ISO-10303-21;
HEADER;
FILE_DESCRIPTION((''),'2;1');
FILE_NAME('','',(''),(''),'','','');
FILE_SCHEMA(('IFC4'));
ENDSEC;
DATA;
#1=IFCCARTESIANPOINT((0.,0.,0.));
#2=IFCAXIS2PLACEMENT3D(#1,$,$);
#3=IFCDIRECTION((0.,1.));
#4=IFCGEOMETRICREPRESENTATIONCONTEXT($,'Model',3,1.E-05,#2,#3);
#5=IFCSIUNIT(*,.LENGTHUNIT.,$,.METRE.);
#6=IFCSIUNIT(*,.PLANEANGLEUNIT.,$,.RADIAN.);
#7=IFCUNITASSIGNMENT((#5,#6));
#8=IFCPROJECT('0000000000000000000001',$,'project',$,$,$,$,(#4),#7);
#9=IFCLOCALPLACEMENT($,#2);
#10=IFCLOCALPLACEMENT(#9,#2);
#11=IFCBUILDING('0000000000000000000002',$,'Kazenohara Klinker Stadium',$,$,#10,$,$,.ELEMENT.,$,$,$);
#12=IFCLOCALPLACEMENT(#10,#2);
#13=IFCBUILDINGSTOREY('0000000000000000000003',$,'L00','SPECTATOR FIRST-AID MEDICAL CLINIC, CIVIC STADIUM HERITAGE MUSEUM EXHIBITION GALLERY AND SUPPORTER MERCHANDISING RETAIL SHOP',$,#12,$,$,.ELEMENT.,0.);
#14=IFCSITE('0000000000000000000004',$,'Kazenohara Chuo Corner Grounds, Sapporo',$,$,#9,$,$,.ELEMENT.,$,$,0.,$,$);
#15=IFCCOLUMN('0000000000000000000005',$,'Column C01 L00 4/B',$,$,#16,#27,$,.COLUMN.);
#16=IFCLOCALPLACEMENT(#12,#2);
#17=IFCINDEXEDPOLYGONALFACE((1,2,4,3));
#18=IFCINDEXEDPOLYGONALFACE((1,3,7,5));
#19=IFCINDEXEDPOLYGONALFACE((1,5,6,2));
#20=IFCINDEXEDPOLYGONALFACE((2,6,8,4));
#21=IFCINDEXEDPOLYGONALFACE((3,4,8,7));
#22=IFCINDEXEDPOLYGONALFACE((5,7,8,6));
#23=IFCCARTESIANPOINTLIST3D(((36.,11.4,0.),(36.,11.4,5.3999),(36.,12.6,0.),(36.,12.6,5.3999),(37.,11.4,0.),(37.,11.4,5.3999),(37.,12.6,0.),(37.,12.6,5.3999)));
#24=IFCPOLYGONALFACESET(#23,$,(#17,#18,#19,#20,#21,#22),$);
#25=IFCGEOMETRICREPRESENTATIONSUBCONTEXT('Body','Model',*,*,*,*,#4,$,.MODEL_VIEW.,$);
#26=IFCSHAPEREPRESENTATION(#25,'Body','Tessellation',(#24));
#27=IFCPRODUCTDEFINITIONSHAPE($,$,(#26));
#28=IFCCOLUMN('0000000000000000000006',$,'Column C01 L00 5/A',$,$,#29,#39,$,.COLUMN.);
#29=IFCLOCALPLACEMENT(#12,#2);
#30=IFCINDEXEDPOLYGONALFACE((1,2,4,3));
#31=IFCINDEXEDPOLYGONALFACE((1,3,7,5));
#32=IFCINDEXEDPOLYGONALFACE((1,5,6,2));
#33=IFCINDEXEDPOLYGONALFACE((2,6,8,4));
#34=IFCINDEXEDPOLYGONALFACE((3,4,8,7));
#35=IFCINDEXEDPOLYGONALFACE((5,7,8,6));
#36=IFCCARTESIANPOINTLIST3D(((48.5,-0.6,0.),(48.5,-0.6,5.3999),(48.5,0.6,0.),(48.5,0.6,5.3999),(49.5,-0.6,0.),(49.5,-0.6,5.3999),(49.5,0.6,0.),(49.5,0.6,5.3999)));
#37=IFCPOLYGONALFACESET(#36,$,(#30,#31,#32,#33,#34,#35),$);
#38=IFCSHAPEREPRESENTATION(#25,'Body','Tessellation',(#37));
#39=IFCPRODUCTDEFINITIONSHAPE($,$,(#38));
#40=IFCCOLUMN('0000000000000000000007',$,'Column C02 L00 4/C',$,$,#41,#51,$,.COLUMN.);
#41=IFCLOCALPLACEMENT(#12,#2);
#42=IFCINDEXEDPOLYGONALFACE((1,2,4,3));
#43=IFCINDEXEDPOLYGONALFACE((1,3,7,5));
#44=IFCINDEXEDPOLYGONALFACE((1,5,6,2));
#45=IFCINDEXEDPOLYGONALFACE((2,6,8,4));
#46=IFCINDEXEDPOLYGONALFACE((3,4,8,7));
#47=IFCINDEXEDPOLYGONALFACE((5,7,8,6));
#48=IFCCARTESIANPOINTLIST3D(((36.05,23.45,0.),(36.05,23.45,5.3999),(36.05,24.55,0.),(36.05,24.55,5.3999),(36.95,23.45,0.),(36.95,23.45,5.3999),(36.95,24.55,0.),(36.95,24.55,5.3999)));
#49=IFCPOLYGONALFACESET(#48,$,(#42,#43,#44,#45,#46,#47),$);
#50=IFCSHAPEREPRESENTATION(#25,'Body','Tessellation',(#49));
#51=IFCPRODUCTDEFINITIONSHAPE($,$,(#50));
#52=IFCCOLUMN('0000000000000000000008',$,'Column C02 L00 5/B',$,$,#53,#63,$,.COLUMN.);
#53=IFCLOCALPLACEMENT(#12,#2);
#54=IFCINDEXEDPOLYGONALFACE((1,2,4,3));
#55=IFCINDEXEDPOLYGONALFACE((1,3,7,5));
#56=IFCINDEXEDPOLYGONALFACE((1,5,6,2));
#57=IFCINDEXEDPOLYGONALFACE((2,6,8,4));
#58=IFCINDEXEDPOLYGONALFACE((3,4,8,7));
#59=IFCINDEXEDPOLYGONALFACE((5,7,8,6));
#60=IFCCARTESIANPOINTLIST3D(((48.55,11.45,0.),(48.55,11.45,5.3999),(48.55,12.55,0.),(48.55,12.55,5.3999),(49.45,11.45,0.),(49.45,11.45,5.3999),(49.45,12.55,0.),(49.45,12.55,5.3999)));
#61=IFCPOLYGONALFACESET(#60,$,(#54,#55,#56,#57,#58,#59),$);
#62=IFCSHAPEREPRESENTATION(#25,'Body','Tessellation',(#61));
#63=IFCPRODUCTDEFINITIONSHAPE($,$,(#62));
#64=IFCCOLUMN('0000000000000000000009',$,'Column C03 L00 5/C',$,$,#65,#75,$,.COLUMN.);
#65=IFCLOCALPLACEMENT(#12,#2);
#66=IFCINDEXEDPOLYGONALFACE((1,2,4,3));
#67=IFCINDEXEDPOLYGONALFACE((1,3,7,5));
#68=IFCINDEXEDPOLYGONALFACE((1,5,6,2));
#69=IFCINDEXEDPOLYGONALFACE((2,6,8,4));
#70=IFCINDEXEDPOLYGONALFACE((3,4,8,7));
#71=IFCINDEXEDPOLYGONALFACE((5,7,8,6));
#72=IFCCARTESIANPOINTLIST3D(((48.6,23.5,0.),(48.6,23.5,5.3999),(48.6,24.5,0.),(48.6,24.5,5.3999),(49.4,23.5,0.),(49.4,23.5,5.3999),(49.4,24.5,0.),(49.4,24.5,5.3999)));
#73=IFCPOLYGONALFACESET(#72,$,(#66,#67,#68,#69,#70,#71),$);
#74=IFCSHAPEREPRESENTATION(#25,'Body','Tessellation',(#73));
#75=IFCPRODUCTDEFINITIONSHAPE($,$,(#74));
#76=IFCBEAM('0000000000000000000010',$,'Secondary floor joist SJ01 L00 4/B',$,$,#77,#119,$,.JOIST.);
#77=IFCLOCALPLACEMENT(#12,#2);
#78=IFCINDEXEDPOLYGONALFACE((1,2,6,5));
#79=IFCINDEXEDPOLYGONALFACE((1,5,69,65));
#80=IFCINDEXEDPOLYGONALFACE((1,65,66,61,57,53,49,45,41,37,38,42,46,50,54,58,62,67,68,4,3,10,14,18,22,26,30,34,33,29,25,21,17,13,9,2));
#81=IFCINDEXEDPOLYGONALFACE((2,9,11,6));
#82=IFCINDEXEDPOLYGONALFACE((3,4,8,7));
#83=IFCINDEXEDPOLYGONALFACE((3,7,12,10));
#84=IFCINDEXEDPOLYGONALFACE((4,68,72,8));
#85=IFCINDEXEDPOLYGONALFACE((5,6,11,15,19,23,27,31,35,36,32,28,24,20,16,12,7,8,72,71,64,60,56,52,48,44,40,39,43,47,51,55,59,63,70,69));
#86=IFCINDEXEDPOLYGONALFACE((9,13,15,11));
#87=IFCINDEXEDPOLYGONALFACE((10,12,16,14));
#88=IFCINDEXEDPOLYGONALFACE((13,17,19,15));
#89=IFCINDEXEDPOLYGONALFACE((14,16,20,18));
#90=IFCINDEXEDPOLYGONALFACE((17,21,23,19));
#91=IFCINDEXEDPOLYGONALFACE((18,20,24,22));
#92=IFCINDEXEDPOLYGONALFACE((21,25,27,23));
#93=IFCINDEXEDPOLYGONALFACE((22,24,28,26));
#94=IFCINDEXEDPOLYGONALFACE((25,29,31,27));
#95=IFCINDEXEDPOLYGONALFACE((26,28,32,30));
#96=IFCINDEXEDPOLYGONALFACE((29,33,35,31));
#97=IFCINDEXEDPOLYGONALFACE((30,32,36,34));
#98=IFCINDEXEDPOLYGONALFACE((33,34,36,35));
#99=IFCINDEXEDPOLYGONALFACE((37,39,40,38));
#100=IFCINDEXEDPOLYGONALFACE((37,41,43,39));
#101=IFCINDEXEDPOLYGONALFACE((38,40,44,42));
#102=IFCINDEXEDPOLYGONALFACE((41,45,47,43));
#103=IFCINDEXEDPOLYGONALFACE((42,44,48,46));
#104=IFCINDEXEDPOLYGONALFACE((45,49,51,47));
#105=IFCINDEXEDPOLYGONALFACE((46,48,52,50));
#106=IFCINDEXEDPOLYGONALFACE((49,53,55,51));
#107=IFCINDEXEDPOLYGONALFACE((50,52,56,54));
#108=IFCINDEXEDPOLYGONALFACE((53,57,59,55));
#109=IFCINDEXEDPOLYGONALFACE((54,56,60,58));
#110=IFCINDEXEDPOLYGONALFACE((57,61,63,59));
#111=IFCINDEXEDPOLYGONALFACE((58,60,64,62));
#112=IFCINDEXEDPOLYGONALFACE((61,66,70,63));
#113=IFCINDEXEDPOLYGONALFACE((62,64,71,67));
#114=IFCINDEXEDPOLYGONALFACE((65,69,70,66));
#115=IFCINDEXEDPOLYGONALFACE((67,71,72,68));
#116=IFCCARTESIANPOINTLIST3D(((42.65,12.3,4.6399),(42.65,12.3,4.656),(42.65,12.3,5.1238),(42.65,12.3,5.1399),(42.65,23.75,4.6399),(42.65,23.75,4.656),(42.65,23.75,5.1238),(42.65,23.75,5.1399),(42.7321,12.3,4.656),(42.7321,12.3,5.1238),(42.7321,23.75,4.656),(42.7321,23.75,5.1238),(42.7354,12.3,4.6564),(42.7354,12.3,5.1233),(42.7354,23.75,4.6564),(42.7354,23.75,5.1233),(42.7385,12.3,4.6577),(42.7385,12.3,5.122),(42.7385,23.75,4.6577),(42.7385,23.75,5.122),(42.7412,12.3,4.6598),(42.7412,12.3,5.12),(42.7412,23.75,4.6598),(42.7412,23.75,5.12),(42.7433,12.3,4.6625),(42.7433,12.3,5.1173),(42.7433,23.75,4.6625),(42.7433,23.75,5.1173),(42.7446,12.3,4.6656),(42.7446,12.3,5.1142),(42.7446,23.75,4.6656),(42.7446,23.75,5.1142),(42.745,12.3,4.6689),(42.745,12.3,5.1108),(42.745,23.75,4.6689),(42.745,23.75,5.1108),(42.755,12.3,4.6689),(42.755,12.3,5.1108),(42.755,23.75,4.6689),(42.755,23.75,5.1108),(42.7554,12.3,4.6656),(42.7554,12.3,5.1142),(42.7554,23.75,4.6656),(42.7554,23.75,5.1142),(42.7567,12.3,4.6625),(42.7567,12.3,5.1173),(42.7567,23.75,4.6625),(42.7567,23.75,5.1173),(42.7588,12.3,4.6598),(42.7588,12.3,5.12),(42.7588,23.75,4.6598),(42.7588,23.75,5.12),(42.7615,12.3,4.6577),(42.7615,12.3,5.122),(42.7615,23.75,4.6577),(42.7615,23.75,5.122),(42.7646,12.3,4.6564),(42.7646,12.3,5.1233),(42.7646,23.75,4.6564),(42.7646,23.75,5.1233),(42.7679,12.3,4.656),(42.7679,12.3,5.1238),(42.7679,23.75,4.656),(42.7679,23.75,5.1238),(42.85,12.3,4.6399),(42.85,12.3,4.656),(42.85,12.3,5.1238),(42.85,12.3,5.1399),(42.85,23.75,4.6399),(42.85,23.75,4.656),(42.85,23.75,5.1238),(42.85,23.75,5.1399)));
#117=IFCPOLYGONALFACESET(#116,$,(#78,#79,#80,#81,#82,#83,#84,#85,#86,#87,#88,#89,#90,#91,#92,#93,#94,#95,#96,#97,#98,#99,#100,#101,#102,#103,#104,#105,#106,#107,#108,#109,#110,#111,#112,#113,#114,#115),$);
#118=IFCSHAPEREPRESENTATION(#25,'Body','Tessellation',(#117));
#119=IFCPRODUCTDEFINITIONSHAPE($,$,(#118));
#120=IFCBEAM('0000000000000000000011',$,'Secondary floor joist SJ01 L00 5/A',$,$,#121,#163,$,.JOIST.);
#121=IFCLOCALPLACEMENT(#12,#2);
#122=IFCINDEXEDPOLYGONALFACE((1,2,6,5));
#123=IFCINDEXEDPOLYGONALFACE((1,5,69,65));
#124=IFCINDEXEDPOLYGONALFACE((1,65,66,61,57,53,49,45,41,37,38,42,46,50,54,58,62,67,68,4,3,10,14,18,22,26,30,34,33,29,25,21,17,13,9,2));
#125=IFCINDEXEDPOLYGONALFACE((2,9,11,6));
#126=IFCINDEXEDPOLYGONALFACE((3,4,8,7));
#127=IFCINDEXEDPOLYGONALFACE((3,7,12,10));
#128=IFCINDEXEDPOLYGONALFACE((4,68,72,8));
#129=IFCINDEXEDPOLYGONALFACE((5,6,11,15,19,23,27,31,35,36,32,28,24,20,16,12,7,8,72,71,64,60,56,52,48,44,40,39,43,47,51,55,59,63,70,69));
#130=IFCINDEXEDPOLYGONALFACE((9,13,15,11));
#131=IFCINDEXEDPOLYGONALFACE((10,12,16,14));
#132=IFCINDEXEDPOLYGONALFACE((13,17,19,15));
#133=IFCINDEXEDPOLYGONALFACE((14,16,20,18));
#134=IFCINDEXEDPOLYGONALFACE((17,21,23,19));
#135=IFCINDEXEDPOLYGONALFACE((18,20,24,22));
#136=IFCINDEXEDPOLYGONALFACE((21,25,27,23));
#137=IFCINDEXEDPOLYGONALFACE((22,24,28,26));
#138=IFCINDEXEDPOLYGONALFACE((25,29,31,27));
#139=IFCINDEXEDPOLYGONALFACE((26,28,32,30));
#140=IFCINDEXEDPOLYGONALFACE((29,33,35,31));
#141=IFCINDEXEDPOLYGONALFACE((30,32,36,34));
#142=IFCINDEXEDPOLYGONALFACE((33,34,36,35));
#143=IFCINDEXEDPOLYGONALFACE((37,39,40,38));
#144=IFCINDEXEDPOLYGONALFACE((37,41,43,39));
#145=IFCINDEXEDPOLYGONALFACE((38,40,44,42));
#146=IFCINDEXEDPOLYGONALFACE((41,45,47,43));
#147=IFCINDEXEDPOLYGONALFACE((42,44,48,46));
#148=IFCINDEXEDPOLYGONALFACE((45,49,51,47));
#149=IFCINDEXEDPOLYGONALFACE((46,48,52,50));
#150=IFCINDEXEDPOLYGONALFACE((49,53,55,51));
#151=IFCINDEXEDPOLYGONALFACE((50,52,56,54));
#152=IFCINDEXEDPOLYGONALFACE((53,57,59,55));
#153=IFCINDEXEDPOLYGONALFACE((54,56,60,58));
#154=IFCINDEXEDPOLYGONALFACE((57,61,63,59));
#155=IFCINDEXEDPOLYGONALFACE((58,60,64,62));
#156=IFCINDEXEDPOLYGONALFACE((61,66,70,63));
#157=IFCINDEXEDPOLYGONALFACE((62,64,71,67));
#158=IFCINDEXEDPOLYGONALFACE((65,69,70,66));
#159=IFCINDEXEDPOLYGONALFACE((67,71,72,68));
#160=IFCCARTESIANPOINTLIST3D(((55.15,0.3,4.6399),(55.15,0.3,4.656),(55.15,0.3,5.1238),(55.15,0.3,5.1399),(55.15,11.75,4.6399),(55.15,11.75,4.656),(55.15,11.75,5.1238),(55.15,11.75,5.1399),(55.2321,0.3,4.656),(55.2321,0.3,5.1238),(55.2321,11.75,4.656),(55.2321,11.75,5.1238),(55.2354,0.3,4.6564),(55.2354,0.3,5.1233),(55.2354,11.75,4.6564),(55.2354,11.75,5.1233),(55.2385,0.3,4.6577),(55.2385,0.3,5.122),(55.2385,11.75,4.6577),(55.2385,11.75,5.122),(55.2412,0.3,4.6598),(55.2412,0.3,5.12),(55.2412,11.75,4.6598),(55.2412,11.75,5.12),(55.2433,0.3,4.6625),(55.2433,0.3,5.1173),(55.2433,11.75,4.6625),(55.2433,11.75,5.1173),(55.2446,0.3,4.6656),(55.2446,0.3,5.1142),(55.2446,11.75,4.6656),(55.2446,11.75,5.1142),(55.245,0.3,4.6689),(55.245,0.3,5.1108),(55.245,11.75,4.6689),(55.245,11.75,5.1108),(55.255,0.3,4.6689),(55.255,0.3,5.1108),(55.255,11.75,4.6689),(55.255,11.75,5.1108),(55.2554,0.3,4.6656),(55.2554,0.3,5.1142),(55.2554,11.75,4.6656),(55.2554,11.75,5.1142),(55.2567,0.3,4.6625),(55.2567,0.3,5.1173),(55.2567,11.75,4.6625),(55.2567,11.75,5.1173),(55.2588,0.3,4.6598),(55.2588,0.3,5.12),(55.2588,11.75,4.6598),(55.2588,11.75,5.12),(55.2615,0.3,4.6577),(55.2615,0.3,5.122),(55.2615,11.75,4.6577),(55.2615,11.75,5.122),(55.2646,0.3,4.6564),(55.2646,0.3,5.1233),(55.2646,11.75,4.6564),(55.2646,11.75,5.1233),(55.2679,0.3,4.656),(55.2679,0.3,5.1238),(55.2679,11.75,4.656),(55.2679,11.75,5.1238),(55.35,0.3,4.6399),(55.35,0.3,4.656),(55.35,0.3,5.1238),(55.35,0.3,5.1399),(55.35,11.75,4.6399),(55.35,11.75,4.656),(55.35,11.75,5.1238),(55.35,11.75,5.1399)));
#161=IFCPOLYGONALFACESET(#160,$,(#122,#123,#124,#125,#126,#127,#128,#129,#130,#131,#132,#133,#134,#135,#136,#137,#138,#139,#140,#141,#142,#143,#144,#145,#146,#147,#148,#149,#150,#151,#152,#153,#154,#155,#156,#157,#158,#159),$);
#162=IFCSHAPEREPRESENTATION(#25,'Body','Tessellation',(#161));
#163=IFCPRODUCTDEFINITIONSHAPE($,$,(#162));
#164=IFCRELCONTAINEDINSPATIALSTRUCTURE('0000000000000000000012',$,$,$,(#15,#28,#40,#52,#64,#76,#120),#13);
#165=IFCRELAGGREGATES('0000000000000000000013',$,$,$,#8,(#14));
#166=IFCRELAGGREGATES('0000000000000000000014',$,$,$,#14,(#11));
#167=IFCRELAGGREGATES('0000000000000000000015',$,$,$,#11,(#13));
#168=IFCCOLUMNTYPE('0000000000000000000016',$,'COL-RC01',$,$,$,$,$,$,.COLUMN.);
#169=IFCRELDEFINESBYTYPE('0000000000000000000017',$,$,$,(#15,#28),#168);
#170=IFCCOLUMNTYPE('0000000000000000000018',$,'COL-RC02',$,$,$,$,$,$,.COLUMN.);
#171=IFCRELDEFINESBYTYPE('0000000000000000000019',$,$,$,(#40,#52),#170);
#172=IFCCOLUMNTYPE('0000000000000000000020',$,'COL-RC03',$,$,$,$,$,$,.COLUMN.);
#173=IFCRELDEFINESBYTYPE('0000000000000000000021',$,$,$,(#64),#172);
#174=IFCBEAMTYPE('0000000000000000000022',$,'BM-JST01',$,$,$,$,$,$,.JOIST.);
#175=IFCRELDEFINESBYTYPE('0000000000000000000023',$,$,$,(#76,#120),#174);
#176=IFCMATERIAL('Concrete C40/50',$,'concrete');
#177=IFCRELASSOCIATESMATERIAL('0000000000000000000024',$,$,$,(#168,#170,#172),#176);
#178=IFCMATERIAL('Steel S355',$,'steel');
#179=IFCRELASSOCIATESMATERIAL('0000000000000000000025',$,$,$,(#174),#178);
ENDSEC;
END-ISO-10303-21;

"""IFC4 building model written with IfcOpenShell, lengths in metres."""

from ifc_helpers import new_model, si_unit, direction, frame, origin, origin_2d, place, context, subcontext, project, spatial, rectangle, i_section, extrude, material, material_profile, profile_set, type_object, element, save


model = new_model("IFC4")

# Units and contexts
model_context = context("Model", 3, precision=1e-05, world=origin(), true_north=direction((0.0, 1.0)))
body_context = subcontext(model_context, "Body", "Model", "MODEL_VIEW")
ifc_project = project(units=[si_unit("LENGTHUNIT", "METRE"), si_unit("PLANEANGLEUNIT", "RADIAN")], contexts=[model_context])

# Site, building, storey
site_placement = place(None, origin())
site = spatial("IfcSite", under=ifc_project, at=site_placement, Name="Kazenohara Chuo Corner Grounds, Sapporo", CompositionType="ELEMENT", RefElevation=0.0)
building_placement = place(site_placement, origin())
building = spatial("IfcBuilding", under=site, at=building_placement, Name="Kazenohara Klinker Stadium", CompositionType="ELEMENT")
storey_placement = place(building_placement, origin())
storey = spatial("IfcBuildingStorey", under=building, at=storey_placement, Name="L00", Description="SPECTATOR FIRST-AID MEDICAL CLINIC, CIVIC STADIUM HERITAGE MUSEUM EXHIBITION GALLERY AND SUPPORTER MERCHANDISING RETAIL SHOP", CompositionType="ELEMENT", Elevation=0.0)

# Columns
ifc_material_1 = material(Name="Concrete C40/50", Category="concrete")
ifc_material_profile_1 = material_profile(ifc_material_1, rectangle(XDim=1.0, YDim=1.2, at=origin_2d()), Name="RC-COL-1200x1000")
ifc_profile_set_1 = profile_set([ifc_material_profile_1], Name="Concrete C40/50")
column_type_1 = type_object("IfcColumnType", Name="COL-RC01", PredefinedType="COLUMN", material=ifc_profile_set_1)
for number, where, z_axis, x_axis, name in (
    (1, (36.5, 12.0, 0.0), (0.0, 0.0, 1.0), (1.0, 0.0, 0.0), "Column C01 L00 4/B"),
    (2, (49.0, 0.0, 0.0), (0.0, 0.0, 1.0), (1.0, 0.0, 0.0), "Column C01 L00 5/A"),
):
    element("IfcColumn", number, at=place(storey_placement, frame(where, z_axis=z_axis, x_axis=x_axis)), inside=storey, type_object=column_type_1, Name=name, PredefinedType="COLUMN", context=body_context, shape_type="SweptSolid", body=[
        extrude(rectangle(XDim=1.0, YDim=1.2, at=origin_2d()), origin(), (0.0, 0.0, 1.0), 5.3999),
    ])
ifc_material_profile_2 = material_profile(ifc_material_1, rectangle(XDim=0.8999, YDim=1.1001, at=origin_2d()), Name="RC-COL-1100x900")
ifc_profile_set_2 = profile_set([ifc_material_profile_2], Name="Concrete C40/50")
column_type_2 = type_object("IfcColumnType", Name="COL-RC02", PredefinedType="COLUMN", material=ifc_profile_set_2)
for number, where, z_axis, x_axis, name in (
    (3, (36.5, 24.0, 0.0), (0.0, 0.0, 1.0), (1.0, 0.0, 0.0), "Column C02 L00 4/C"),
    (4, (49.0, 12.0, 0.0), (0.0, 0.0, 1.0), (1.0, 0.0, 0.0), "Column C02 L00 5/B"),
):
    element("IfcColumn", number, at=place(storey_placement, frame(where, z_axis=z_axis, x_axis=x_axis)), inside=storey, type_object=column_type_2, Name=name, PredefinedType="COLUMN", context=body_context, shape_type="SweptSolid", body=[
        extrude(rectangle(XDim=0.8999, YDim=1.1001, at=origin_2d()), origin(), (0.0, 0.0, 1.0), 5.3999),
    ])
ifc_material_profile_3 = material_profile(ifc_material_1, rectangle(XDim=0.8, YDim=1.0, at=origin_2d()), Name="RC-COL-1000x800")
ifc_profile_set_3 = profile_set([ifc_material_profile_3], Name="Concrete C40/50")
column_type_3 = type_object("IfcColumnType", Name="COL-RC03", PredefinedType="COLUMN", material=ifc_profile_set_3)
column_placement = place(storey_placement, frame((49.0, 24.0, 0.0), z_axis=(0.0, 0.0, 1.0), x_axis=(1.0, 0.0, 0.0)))
element("IfcColumn", 5, at=column_placement, inside=storey, type_object=column_type_3, Name="Column C03 L00 5/C", PredefinedType="COLUMN", context=body_context, shape_type="SweptSolid", body=[
    extrude(rectangle(XDim=0.8, YDim=1.0, at=origin_2d()), origin(), (0.0, 0.0, 1.0), 5.3999),
])

# Beams
ifc_material_2 = material(Name="Steel S355", Category="steel")
ifc_material_profile_4 = material_profile(ifc_material_2, i_section(OverallWidth=0.2, OverallDepth=0.5, WebThickness=0.01, FlangeThickness=0.0161, FilletRadius=0.0129, at=origin_2d()), Name="H-500x200x10x16")
ifc_profile_set_4 = profile_set([ifc_material_profile_4], Name="Steel S355")
beam_type_1 = type_object("IfcBeamType", Name="BM-JST01", PredefinedType="JOIST", material=ifc_profile_set_4)
for number, where, z_axis, x_axis, name in (
    (6, (42.75, 12.3, 4.8899), (0.0, 1.0, 0.0), (-1.0, 0.0, 0.0), "Secondary floor joist SJ01 L00 4/B"),
    (7, (55.25, 0.3, 4.8899), (0.0, 1.0, 0.0), (-1.0, 0.0, 0.0), "Secondary floor joist SJ01 L00 5/A"),
):
    element("IfcBeam", number, at=place(storey_placement, frame(where, z_axis=z_axis, x_axis=x_axis)), inside=storey, type_object=beam_type_1, Name=name, PredefinedType="JOIST", context=body_context, shape_type="SweptSolid", body=[
        extrude(i_section(OverallWidth=0.2, OverallDepth=0.5, WebThickness=0.01, FlangeThickness=0.0161, FilletRadius=0.0129, at=origin_2d()), origin(), (0.0, 0.0, 1.0), 11.45),
    ])

save(model, "model.ifc")
